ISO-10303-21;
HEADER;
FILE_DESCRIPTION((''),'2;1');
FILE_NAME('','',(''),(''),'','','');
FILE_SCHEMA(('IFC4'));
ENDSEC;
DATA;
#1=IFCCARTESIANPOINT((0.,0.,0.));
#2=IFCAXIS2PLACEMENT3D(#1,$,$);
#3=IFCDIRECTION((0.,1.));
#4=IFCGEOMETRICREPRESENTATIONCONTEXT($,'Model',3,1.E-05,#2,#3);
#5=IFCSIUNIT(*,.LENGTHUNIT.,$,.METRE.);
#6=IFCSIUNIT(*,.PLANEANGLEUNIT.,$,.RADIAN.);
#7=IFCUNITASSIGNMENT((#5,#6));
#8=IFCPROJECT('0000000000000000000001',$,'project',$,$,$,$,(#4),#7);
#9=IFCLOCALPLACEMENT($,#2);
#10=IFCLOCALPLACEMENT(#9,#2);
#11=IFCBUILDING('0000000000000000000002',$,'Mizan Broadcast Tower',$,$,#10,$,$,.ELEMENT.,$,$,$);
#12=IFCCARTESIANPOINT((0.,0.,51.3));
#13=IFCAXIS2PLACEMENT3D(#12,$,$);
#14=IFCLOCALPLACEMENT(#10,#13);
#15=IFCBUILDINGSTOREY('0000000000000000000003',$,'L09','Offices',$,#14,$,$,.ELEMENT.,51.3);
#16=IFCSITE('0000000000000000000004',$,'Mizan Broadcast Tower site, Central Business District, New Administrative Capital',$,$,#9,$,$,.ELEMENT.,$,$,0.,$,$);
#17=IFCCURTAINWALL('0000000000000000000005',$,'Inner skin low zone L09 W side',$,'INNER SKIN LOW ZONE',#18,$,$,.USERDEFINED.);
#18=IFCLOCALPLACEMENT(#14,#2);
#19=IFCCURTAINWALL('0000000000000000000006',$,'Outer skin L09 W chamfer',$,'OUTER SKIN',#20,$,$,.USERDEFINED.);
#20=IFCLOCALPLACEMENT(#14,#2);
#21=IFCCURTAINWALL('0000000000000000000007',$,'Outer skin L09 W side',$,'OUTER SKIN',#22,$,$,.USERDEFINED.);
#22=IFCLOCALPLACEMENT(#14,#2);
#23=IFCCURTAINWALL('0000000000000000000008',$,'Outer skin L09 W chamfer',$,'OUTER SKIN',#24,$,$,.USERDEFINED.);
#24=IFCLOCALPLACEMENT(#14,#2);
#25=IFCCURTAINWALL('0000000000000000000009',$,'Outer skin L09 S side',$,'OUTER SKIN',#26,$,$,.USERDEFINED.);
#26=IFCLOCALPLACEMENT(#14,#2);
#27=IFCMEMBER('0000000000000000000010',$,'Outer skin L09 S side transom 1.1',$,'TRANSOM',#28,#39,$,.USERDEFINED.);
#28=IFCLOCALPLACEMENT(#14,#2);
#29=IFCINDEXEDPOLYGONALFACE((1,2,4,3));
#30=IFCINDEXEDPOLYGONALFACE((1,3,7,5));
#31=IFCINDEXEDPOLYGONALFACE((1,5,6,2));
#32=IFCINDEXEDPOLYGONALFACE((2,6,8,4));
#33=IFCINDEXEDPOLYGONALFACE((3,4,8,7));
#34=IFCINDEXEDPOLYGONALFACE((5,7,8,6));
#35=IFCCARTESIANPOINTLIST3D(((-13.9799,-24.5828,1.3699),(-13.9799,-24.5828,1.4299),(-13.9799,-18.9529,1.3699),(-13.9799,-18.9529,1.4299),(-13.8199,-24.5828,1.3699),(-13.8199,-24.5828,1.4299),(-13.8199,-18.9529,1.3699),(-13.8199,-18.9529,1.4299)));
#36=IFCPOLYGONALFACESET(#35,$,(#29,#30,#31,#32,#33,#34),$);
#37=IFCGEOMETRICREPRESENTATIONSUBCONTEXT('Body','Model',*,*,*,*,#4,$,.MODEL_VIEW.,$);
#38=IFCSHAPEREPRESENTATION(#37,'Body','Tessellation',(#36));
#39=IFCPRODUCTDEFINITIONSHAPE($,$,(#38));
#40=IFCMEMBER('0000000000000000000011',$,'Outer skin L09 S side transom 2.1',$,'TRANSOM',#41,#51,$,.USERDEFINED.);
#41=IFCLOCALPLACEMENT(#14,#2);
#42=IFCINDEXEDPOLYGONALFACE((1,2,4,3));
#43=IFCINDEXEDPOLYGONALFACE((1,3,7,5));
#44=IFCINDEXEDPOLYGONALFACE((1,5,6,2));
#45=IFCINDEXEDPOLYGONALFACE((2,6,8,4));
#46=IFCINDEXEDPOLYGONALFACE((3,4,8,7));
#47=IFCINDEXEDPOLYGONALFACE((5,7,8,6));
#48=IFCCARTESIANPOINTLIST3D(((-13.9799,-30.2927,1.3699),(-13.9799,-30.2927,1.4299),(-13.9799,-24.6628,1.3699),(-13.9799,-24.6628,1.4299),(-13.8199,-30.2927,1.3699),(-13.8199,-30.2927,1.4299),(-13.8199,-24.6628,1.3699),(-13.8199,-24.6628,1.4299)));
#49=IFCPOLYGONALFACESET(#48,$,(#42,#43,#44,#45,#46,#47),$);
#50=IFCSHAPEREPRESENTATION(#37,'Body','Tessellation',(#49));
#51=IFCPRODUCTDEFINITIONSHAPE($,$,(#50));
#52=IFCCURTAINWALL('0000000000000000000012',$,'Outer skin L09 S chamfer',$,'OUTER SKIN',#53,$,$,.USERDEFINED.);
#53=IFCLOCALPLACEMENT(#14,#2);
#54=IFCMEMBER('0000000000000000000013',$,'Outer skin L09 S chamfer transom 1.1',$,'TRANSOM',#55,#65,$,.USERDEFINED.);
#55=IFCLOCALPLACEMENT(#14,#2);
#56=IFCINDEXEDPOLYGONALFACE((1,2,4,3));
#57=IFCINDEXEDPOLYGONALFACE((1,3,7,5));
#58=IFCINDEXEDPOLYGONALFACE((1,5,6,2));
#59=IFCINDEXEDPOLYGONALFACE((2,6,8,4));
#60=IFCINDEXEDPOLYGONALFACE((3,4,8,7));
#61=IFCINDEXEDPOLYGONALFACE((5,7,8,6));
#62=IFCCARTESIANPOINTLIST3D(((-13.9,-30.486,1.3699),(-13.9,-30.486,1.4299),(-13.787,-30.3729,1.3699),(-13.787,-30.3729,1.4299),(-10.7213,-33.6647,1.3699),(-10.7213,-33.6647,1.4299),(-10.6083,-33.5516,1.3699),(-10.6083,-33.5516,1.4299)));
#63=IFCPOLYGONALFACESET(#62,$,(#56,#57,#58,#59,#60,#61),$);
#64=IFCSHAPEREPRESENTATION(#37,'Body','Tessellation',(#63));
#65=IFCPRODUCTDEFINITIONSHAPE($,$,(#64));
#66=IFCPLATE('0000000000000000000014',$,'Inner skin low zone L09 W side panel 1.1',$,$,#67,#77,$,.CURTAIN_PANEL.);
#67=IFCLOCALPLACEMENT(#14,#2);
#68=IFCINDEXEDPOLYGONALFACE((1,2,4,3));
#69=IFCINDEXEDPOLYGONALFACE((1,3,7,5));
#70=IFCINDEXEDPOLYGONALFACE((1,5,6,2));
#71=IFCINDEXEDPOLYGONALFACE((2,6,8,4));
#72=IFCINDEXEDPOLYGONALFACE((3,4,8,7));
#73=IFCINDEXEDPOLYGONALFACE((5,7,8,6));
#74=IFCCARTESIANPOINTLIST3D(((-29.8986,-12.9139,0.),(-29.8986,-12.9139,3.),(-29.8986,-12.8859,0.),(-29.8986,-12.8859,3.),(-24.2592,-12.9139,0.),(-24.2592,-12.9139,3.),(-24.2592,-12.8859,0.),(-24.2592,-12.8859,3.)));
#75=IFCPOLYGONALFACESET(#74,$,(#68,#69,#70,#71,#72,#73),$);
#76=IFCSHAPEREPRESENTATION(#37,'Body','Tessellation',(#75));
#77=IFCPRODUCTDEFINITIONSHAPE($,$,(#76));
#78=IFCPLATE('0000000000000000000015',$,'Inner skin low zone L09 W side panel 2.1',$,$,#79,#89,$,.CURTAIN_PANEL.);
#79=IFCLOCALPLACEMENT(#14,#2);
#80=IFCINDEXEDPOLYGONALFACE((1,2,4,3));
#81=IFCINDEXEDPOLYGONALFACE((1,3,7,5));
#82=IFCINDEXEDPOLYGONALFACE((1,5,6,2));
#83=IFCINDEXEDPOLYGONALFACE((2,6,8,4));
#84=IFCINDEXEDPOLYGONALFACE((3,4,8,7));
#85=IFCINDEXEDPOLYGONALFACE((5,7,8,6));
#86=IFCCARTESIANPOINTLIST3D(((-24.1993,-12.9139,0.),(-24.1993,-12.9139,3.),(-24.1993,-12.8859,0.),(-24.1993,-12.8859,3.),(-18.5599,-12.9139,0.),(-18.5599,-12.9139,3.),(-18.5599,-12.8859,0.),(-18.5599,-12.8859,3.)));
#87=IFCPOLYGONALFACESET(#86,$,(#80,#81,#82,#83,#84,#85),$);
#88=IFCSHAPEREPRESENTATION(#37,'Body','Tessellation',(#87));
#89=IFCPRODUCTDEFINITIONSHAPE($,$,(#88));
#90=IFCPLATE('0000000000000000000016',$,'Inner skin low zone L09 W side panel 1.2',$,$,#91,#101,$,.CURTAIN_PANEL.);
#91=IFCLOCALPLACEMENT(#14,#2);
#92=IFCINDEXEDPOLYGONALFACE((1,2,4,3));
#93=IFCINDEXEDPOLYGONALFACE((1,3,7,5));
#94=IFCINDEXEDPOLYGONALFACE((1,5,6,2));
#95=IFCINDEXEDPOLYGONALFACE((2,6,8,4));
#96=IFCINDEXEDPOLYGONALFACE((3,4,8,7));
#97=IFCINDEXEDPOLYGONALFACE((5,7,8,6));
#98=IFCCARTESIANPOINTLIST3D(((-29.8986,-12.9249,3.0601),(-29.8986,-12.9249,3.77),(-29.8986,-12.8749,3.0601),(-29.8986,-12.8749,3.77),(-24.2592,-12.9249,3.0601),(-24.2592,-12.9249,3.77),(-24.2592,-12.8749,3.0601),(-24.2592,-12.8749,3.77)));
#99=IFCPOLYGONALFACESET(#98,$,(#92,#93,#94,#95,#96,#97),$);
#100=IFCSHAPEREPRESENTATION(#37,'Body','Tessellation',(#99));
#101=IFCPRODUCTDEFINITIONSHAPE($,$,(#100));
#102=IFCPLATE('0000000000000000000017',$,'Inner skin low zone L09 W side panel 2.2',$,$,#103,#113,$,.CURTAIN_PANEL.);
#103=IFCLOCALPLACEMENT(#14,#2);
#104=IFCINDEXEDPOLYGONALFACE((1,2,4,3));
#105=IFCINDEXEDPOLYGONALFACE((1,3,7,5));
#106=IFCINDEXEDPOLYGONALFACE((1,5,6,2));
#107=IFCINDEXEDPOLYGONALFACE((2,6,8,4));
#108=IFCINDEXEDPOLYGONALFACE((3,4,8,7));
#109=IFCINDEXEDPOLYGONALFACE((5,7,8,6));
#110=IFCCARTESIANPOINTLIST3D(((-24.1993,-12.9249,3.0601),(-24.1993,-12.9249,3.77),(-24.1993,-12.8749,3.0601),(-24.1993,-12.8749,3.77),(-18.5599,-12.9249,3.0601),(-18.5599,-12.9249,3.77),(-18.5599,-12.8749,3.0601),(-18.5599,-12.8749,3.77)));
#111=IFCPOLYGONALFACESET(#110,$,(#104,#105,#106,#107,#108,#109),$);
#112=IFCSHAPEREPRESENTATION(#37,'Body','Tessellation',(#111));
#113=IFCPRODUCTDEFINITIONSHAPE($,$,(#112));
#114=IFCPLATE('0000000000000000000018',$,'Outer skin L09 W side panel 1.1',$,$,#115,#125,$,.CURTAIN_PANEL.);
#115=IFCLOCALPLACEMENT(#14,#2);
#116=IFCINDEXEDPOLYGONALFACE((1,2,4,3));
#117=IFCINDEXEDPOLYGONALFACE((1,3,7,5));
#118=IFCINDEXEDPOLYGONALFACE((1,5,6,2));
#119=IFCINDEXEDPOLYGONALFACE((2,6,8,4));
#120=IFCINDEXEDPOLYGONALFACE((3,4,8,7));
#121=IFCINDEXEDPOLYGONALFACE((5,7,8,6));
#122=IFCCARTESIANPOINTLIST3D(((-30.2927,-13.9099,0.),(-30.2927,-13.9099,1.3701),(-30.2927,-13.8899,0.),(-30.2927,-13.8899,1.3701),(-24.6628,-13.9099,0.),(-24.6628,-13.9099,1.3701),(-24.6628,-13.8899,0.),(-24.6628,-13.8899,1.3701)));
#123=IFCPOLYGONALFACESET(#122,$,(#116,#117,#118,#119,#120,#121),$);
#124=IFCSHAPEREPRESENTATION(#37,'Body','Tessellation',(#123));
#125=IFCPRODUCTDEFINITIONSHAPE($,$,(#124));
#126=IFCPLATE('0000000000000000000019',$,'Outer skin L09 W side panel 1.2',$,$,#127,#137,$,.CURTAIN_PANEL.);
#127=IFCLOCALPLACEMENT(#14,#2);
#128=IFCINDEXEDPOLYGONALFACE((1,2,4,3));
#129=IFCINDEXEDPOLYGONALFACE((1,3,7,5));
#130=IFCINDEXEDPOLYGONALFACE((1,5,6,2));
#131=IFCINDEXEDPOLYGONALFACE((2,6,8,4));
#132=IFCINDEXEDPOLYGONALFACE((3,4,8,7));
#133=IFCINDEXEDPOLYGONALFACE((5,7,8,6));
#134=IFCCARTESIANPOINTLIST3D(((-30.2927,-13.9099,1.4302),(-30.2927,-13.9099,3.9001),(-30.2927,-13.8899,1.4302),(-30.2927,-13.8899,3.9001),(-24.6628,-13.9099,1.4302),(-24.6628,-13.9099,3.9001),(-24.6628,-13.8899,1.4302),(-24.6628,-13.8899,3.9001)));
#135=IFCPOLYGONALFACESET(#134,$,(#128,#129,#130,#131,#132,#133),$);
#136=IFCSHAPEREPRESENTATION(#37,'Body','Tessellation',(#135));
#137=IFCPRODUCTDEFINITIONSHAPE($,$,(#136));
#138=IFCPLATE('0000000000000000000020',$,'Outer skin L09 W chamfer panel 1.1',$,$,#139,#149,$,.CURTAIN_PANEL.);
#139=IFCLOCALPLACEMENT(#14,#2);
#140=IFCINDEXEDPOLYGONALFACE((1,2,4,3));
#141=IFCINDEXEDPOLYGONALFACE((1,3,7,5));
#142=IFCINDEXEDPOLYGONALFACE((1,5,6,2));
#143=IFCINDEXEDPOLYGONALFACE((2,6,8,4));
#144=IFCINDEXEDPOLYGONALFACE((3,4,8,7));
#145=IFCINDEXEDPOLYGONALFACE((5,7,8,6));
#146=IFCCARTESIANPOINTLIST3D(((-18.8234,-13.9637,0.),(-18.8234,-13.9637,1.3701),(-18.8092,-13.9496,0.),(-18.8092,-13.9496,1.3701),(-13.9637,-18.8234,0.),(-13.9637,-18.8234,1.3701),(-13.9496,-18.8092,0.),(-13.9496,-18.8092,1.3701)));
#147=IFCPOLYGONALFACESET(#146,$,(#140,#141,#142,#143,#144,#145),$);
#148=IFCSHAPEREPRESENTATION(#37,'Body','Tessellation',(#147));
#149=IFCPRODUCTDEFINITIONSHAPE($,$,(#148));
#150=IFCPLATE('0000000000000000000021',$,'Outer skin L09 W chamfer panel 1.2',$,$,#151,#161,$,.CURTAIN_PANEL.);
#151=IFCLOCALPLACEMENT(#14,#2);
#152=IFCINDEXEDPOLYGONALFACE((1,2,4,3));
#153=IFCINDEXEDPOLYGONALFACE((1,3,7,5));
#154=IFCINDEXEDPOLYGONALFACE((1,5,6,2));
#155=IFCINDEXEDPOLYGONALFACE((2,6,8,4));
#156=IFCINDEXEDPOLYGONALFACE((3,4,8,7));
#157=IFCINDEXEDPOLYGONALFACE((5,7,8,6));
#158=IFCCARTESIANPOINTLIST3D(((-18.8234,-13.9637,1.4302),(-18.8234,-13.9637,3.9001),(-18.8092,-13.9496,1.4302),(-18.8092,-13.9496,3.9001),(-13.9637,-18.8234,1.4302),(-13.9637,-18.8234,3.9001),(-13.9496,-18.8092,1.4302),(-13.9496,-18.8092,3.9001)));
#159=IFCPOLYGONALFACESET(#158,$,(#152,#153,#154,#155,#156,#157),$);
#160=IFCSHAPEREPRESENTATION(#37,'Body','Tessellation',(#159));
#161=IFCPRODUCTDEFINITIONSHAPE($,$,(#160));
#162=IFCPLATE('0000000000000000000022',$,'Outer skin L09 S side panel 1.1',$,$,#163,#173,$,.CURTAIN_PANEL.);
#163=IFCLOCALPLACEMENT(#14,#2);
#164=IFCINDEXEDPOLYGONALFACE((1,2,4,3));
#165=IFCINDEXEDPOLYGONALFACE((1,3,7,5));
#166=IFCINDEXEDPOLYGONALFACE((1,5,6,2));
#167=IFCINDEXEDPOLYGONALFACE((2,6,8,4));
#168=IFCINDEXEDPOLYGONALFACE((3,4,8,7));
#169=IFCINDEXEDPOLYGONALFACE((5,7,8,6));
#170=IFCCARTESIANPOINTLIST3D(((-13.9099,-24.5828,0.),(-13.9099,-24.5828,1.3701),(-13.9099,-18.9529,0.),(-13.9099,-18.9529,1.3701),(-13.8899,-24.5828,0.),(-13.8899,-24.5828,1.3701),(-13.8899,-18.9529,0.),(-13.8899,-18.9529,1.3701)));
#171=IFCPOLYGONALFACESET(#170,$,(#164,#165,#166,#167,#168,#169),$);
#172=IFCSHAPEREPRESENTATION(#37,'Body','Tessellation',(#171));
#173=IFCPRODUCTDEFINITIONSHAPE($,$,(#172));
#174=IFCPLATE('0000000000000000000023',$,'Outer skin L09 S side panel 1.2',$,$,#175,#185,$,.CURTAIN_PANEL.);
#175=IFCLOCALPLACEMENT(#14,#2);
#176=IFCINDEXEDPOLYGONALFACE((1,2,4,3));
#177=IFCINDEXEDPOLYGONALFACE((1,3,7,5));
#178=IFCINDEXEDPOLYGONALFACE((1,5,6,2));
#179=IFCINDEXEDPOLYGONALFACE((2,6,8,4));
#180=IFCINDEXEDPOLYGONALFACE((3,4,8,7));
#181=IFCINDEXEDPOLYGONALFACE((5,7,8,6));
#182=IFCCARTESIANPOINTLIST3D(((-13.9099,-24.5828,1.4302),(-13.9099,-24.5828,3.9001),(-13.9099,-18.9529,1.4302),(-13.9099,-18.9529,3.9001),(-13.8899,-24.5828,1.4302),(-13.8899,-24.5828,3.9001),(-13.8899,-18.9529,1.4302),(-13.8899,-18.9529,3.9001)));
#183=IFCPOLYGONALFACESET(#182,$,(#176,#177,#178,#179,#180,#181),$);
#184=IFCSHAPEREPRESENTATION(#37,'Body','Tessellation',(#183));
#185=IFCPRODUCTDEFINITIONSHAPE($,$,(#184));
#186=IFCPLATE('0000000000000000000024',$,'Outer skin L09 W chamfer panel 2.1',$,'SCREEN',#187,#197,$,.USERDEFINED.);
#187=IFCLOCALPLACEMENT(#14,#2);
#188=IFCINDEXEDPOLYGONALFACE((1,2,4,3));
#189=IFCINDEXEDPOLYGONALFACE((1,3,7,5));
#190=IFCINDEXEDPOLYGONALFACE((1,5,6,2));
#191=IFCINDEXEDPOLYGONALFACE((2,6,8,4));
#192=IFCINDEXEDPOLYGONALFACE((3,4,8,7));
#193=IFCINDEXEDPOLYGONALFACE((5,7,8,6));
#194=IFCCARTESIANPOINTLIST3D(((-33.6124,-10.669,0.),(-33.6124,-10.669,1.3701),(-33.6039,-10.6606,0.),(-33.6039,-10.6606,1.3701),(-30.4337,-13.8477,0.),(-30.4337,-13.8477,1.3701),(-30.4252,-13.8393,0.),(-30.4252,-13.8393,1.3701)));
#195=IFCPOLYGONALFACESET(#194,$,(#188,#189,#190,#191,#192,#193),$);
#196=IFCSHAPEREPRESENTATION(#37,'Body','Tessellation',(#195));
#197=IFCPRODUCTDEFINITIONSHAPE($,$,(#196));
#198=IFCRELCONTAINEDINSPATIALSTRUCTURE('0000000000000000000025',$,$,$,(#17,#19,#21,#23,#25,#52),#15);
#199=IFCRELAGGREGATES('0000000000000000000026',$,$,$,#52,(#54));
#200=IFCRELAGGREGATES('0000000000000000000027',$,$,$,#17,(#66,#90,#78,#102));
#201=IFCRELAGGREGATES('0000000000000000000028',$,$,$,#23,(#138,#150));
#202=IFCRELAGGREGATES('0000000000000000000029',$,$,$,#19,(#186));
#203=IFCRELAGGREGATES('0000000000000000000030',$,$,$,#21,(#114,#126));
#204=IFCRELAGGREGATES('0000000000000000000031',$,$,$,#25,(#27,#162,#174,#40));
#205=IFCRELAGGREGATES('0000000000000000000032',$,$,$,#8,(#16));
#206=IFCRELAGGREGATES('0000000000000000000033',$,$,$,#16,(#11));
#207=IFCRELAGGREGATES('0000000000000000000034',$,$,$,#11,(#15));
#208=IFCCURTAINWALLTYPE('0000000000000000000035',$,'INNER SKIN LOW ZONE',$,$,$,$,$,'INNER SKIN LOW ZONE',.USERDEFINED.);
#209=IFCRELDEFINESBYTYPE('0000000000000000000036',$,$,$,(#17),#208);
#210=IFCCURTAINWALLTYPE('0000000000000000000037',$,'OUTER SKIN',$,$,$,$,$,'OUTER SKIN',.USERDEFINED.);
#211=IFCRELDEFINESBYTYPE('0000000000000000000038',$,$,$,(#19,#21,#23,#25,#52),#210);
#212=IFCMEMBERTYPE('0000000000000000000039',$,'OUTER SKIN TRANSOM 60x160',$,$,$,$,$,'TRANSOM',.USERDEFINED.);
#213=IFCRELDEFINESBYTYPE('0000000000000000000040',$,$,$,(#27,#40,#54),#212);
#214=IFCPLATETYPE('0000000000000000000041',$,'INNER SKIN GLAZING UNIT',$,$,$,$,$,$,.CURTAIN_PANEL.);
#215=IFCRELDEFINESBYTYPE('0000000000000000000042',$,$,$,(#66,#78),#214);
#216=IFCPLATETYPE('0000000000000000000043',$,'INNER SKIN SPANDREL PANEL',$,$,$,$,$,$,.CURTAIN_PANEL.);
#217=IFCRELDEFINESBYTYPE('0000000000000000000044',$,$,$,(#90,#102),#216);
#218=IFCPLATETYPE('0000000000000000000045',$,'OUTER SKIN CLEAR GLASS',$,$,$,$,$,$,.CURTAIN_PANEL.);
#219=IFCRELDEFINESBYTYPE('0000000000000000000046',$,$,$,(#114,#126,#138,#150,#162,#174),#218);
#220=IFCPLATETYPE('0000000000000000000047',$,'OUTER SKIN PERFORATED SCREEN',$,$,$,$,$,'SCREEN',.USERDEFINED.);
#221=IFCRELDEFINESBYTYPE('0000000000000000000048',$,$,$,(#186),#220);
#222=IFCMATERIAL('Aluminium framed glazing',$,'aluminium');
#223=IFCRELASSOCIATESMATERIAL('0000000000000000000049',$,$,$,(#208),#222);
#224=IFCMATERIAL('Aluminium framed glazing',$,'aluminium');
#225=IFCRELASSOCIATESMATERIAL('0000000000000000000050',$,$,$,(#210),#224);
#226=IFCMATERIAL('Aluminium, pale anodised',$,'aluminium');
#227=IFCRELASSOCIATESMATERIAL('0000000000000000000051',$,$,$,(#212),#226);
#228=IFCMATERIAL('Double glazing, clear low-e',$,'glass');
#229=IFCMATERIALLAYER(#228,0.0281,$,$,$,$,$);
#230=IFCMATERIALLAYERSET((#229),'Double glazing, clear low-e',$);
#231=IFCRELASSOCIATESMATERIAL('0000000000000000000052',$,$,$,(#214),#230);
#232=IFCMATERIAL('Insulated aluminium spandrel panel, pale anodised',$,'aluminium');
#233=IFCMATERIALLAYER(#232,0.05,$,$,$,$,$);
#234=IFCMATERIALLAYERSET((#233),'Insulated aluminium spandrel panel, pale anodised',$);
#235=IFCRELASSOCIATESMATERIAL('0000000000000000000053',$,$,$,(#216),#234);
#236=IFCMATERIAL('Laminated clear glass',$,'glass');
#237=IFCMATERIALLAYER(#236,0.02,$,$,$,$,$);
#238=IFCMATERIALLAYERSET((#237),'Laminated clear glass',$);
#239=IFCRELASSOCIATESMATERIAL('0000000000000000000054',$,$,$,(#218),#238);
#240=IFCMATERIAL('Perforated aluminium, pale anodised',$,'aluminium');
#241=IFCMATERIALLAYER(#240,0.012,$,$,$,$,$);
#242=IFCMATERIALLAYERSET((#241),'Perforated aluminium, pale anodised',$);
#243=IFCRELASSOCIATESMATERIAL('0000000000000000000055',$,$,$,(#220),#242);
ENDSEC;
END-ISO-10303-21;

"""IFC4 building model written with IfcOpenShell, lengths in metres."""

from ifc_helpers import new_model, si_unit, direction, frame, origin, origin_2d, place, context, subcontext, project, spatial, rectangle, extrude, material, layer, layer_set, material_profile, profile_set, type_object, element, aggregate, save


model = new_model("IFC4")

# Units and contexts
model_context = context("Model", 3, precision=1e-05, world=origin(), true_north=direction((0.0, 1.0)))
body_context = subcontext(model_context, "Body", "Model", "MODEL_VIEW")
ifc_project = project(units=[si_unit("LENGTHUNIT", "METRE"), si_unit("PLANEANGLEUNIT", "RADIAN")], contexts=[model_context])

# Site, building, storey
site_placement = place(None, origin())
site = spatial("IfcSite", under=ifc_project, at=site_placement, Name="Mizan Broadcast Tower site, Central Business District, New Administrative Capital", CompositionType="ELEMENT", RefElevation=0.0)
building_placement = place(site_placement, origin())
building = spatial("IfcBuilding", under=site, at=building_placement, Name="Mizan Broadcast Tower", CompositionType="ELEMENT")
storey_placement = place(building_placement, frame((0.0, 0.0, 51.3)))
storey = spatial("IfcBuildingStorey", under=building, at=storey_placement, Name="L09", Description="Offices", CompositionType="ELEMENT", Elevation=51.3)

# Shared definitions
ifc_material_1 = material(Name="Aluminium framed glazing", Category="aluminium")
curtain_wall_type_1 = type_object("IfcCurtainWallType", Name="INNER SKIN LOW ZONE", ElementType="INNER SKIN LOW ZONE", PredefinedType="USERDEFINED", material=ifc_material_1)

# Curtain wall
curtain_wall_1_placement = place(storey_placement, origin())
curtain_wall_1 = element("IfcCurtainWall", 1, at=curtain_wall_1_placement, inside=storey, type_object=curtain_wall_type_1, Name="Inner skin low zone L09 W side", ObjectType="INNER SKIN LOW ZONE", PredefinedType="USERDEFINED")

# Curtain wall
ifc_material_2 = material(Name="Aluminium framed glazing", Category="aluminium")
curtain_wall_type_2 = type_object("IfcCurtainWallType", Name="OUTER SKIN", ElementType="OUTER SKIN", PredefinedType="USERDEFINED", material=ifc_material_2)
curtain_wall_2_placement = place(storey_placement, origin())
curtain_wall_2 = element("IfcCurtainWall", 2, at=curtain_wall_2_placement, inside=storey, type_object=curtain_wall_type_2, Name="Outer skin L09 W chamfer", ObjectType="OUTER SKIN", PredefinedType="USERDEFINED")

# Curtain wall
curtain_wall_3_placement = place(storey_placement, origin())
curtain_wall_3 = element("IfcCurtainWall", 3, at=curtain_wall_3_placement, inside=storey, type_object=curtain_wall_type_2, Name="Outer skin L09 W side", ObjectType="OUTER SKIN", PredefinedType="USERDEFINED")

# Curtain wall
curtain_wall_4_placement = place(storey_placement, origin())
curtain_wall_4 = element("IfcCurtainWall", 4, at=curtain_wall_4_placement, inside=storey, type_object=curtain_wall_type_2, Name="Outer skin L09 W chamfer", ObjectType="OUTER SKIN", PredefinedType="USERDEFINED")

# Curtain wall
curtain_wall_5_placement = place(storey_placement, origin())
curtain_wall_5 = element("IfcCurtainWall", 5, at=curtain_wall_5_placement, inside=storey, type_object=curtain_wall_type_2, Name="Outer skin L09 S side", ObjectType="OUTER SKIN", PredefinedType="USERDEFINED")

# Members
ifc_material_3 = material(Name="Aluminium, pale anodised", Category="aluminium")
ifc_material_profile_1 = material_profile(ifc_material_3, rectangle(XDim=0.1599, YDim=0.0601, at=origin_2d()), Name="TRANSOM 160x60")
ifc_profile_set_1 = profile_set([ifc_material_profile_1], Name="Aluminium, pale anodised")
member_type_1 = type_object("IfcMemberType", Name="OUTER SKIN TRANSOM 60x160", ElementType="TRANSOM", PredefinedType="USERDEFINED", material=ifc_profile_set_1)
member_1_placement = place(storey_placement, frame((-13.8999, -18.9529, 1.3999), z_axis=(0.0, -1.0, 0.0), x_axis=(1.0, 0.0, 0.0)))
member_1 = element("IfcMember", 6, at=member_1_placement, type_object=member_type_1, Name="Outer skin L09 S side transom 1.1", ObjectType="TRANSOM", PredefinedType="USERDEFINED", context=body_context, shape_type="SweptSolid", body=[
    extrude(rectangle(XDim=0.1599, YDim=0.0601, at=origin_2d()), origin(), (0.0, 0.0, 1.0), 5.6299),
])
member_2_placement = place(storey_placement, frame((-13.8999, -24.6628, 1.3999), z_axis=(0.0, -1.0, 0.0), x_axis=(1.0, 0.0, 0.0)))
member_2 = element("IfcMember", 7, at=member_2_placement, type_object=member_type_1, Name="Outer skin L09 S side transom 2.1", ObjectType="TRANSOM", PredefinedType="USERDEFINED", context=body_context, shape_type="SweptSolid", body=[
    extrude(rectangle(XDim=0.1599, YDim=0.0601, at=origin_2d()), origin(), (0.0, 0.0, 1.0), 5.6299),
])

# Curtain wall, member
curtain_wall_6_placement = place(storey_placement, origin())
curtain_wall_6 = element("IfcCurtainWall", 8, at=curtain_wall_6_placement, inside=storey, type_object=curtain_wall_type_2, Name="Outer skin L09 S chamfer", ObjectType="OUTER SKIN", PredefinedType="USERDEFINED")
member_3_placement = place(storey_placement, frame((-13.8435, -30.4294, 1.3999), z_axis=(0.707107, -0.707107, 0.0), x_axis=(0.707107, 0.707107, 0.0)))
member_3 = element("IfcMember", 9, at=member_3_placement, type_object=member_type_1, Name="Outer skin L09 S chamfer transom 1.1", ObjectType="TRANSOM", PredefinedType="USERDEFINED", context=body_context, shape_type="SweptSolid", body=[
    extrude(rectangle(XDim=0.1599, YDim=0.0601, at=origin_2d()), origin(), (0.0, 0.0, 1.0), 4.4954),
])
aggregate(curtain_wall_6, [member_3])

# Plates
ifc_material_4 = material(Name="Double glazing, clear low-e", Category="glass")
ifc_layer_1 = layer(ifc_material_4, 0.0281)
ifc_layer_set_1 = layer_set([ifc_layer_1], Name="Double glazing, clear low-e")
plate_type_1 = type_object("IfcPlateType", Name="INNER SKIN GLAZING UNIT", PredefinedType="CURTAIN_PANEL", material=ifc_layer_set_1)
plate_1_placement = place(storey_placement, frame((-27.0789, -12.8999, 0.0), z_axis=(0.0, 0.0, 1.0), x_axis=(1.0, 0.0, 0.0)))
plate_1 = element("IfcPlate", 10, at=plate_1_placement, type_object=plate_type_1, Name="Inner skin low zone L09 W side panel 1.1", PredefinedType="CURTAIN_PANEL", context=body_context, shape_type="SweptSolid", body=[
    extrude(rectangle(XDim=5.6394, YDim=0.0281, at=origin_2d()), origin(), (0.0, 0.0, 1.0), 3.0),
])
plate_2_placement = place(storey_placement, frame((-21.3796, -12.8999, 0.0), z_axis=(0.0, 0.0, 1.0), x_axis=(1.0, 0.0, 0.0)))
plate_2 = element("IfcPlate", 11, at=plate_2_placement, type_object=plate_type_1, Name="Inner skin low zone L09 W side panel 2.1", PredefinedType="CURTAIN_PANEL", context=body_context, shape_type="SweptSolid", body=[
    extrude(rectangle(XDim=5.6394, YDim=0.0281, at=origin_2d()), origin(), (0.0, 0.0, 1.0), 3.0),
])
ifc_material_5 = material(Name="Insulated aluminium spandrel panel, pale anodised", Category="aluminium")
ifc_layer_2 = layer(ifc_material_5, 0.05)
ifc_layer_set_2 = layer_set([ifc_layer_2], Name="Insulated aluminium spandrel panel, pale anodised")
plate_type_2 = type_object("IfcPlateType", Name="INNER SKIN SPANDREL PANEL", PredefinedType="CURTAIN_PANEL", material=ifc_layer_set_2)
plate_3_placement = place(storey_placement, frame((-27.0789, -12.8999, 3.0601), z_axis=(0.0, 0.0, 1.0), x_axis=(1.0, 0.0, 0.0)))
plate_3 = element("IfcPlate", 12, at=plate_3_placement, type_object=plate_type_2, Name="Inner skin low zone L09 W side panel 1.2", PredefinedType="CURTAIN_PANEL", context=body_context, shape_type="SweptSolid", body=[
    extrude(rectangle(XDim=5.6394, YDim=0.05, at=origin_2d()), origin(), (0.0, 0.0, 1.0), 0.71),
])
plate_4_placement = place(storey_placement, frame((-21.3796, -12.8999, 3.0601), z_axis=(0.0, 0.0, 1.0), x_axis=(1.0, 0.0, 0.0)))
plate_4 = element("IfcPlate", 13, at=plate_4_placement, type_object=plate_type_2, Name="Inner skin low zone L09 W side panel 2.2", PredefinedType="CURTAIN_PANEL", context=body_context, shape_type="SweptSolid", body=[
    extrude(rectangle(XDim=5.6394, YDim=0.05, at=origin_2d()), origin(), (0.0, 0.0, 1.0), 0.71),
])
aggregate(curtain_wall_1, [plate_1, plate_3, plate_2, plate_4])
ifc_material_6 = material(Name="Laminated clear glass", Category="glass")
ifc_layer_3 = layer(ifc_material_6, 0.02)
ifc_layer_set_3 = layer_set([ifc_layer_3], Name="Laminated clear glass")
plate_type_3 = type_object("IfcPlateType", Name="OUTER SKIN CLEAR GLASS", PredefinedType="CURTAIN_PANEL", material=ifc_layer_set_3)
plate_5_placement = place(storey_placement, frame((-27.4778, -13.8999, 0.0), z_axis=(0.0, 0.0, 1.0), x_axis=(1.0, 0.0, 0.0)))
plate_5 = element("IfcPlate", 14, at=plate_5_placement, type_object=plate_type_3, Name="Outer skin L09 W side panel 1.1", PredefinedType="CURTAIN_PANEL", context=body_context, shape_type="SweptSolid", body=[
    extrude(rectangle(XDim=5.6299, YDim=0.02, at=origin_2d()), origin(), (0.0, 0.0, 1.0), 1.3701),
])
plate_6_placement = place(storey_placement, frame((-27.4778, -13.8999, 1.4302), z_axis=(0.0, 0.0, 1.0), x_axis=(1.0, 0.0, 0.0)))
plate_6 = element("IfcPlate", 15, at=plate_6_placement, type_object=plate_type_3, Name="Outer skin L09 W side panel 1.2", PredefinedType="CURTAIN_PANEL", context=body_context, shape_type="SweptSolid", body=[
    extrude(rectangle(XDim=5.6299, YDim=0.02, at=origin_2d()), origin(), (0.0, 0.0, 1.0), 2.47),
])
plate_7_placement = place(storey_placement, frame((-16.3865, -16.3865, 0.0), z_axis=(0.0, 0.0, 1.0), x_axis=(0.707107, -0.707107, 0.0)))
plate_7 = element("IfcPlate", 16, at=plate_7_placement, type_object=plate_type_3, Name="Outer skin L09 W chamfer panel 1.1", PredefinedType="CURTAIN_PANEL", context=body_context, shape_type="SweptSolid", body=[
    extrude(rectangle(XDim=6.8726, YDim=0.02, at=origin_2d()), origin(), (0.0, 0.0, 1.0), 1.3701),
])
plate_8_placement = place(storey_placement, frame((-16.3865, -16.3865, 1.4302), z_axis=(0.0, 0.0, 1.0), x_axis=(0.707107, -0.707107, 0.0)))
plate_8 = element("IfcPlate", 17, at=plate_8_placement, type_object=plate_type_3, Name="Outer skin L09 W chamfer panel 1.2", PredefinedType="CURTAIN_PANEL", context=body_context, shape_type="SweptSolid", body=[
    extrude(rectangle(XDim=6.8726, YDim=0.02, at=origin_2d()), origin(), (0.0, 0.0, 1.0), 2.47),
])
aggregate(curtain_wall_4, [plate_7, plate_8])
plate_9_placement = place(storey_placement, frame((-13.8999, -21.7678, 0.0), z_axis=(0.0, 0.0, 1.0), x_axis=(0.0, -1.0, 0.0)))
plate_9 = element("IfcPlate", 18, at=plate_9_placement, type_object=plate_type_3, Name="Outer skin L09 S side panel 1.1", PredefinedType="CURTAIN_PANEL", context=body_context, shape_type="SweptSolid", body=[
    extrude(rectangle(XDim=5.6299, YDim=0.02, at=origin_2d()), origin(), (0.0, 0.0, 1.0), 1.3701),
])
plate_10_placement = place(storey_placement, frame((-13.8999, -21.7678, 1.4302), z_axis=(0.0, 0.0, 1.0), x_axis=(0.0, -1.0, 0.0)))
plate_10 = element("IfcPlate", 19, at=plate_10_placement, type_object=plate_type_3, Name="Outer skin L09 S side panel 1.2", PredefinedType="CURTAIN_PANEL", context=body_context, shape_type="SweptSolid", body=[
    extrude(rectangle(XDim=5.6299, YDim=0.02, at=origin_2d()), origin(), (0.0, 0.0, 1.0), 2.47),
])
ifc_material_7 = material(Name="Perforated aluminium, pale anodised", Category="aluminium")
ifc_layer_4 = layer(ifc_material_7, 0.012)
ifc_layer_set_4 = layer_set([ifc_layer_4], Name="Perforated aluminium, pale anodised")
plate_type_4 = type_object("IfcPlateType", Name="OUTER SKIN PERFORATED SCREEN", ElementType="SCREEN", PredefinedType="USERDEFINED", material=ifc_layer_set_4)
plate_11_placement = place(storey_placement, frame((-32.0188, -12.2542, 0.0), z_axis=(0.0, 0.0, 1.0), x_axis=(0.707107, -0.707107, 0.0)))
plate_11 = element("IfcPlate", 20, at=plate_11_placement, type_object=plate_type_4, Name="Outer skin L09 W chamfer panel 2.1", ObjectType="SCREEN", PredefinedType="USERDEFINED", context=body_context, shape_type="SweptSolid", body=[
    extrude(rectangle(XDim=4.4954, YDim=0.012, at=origin_2d()), origin(), (0.0, 0.0, 1.0), 1.3701),
])
aggregate(curtain_wall_2, [plate_11])
aggregate(curtain_wall_3, [plate_5, plate_6])
aggregate(curtain_wall_5, [member_1, plate_9, plate_10, member_2])

save(model, "model.ifc")
